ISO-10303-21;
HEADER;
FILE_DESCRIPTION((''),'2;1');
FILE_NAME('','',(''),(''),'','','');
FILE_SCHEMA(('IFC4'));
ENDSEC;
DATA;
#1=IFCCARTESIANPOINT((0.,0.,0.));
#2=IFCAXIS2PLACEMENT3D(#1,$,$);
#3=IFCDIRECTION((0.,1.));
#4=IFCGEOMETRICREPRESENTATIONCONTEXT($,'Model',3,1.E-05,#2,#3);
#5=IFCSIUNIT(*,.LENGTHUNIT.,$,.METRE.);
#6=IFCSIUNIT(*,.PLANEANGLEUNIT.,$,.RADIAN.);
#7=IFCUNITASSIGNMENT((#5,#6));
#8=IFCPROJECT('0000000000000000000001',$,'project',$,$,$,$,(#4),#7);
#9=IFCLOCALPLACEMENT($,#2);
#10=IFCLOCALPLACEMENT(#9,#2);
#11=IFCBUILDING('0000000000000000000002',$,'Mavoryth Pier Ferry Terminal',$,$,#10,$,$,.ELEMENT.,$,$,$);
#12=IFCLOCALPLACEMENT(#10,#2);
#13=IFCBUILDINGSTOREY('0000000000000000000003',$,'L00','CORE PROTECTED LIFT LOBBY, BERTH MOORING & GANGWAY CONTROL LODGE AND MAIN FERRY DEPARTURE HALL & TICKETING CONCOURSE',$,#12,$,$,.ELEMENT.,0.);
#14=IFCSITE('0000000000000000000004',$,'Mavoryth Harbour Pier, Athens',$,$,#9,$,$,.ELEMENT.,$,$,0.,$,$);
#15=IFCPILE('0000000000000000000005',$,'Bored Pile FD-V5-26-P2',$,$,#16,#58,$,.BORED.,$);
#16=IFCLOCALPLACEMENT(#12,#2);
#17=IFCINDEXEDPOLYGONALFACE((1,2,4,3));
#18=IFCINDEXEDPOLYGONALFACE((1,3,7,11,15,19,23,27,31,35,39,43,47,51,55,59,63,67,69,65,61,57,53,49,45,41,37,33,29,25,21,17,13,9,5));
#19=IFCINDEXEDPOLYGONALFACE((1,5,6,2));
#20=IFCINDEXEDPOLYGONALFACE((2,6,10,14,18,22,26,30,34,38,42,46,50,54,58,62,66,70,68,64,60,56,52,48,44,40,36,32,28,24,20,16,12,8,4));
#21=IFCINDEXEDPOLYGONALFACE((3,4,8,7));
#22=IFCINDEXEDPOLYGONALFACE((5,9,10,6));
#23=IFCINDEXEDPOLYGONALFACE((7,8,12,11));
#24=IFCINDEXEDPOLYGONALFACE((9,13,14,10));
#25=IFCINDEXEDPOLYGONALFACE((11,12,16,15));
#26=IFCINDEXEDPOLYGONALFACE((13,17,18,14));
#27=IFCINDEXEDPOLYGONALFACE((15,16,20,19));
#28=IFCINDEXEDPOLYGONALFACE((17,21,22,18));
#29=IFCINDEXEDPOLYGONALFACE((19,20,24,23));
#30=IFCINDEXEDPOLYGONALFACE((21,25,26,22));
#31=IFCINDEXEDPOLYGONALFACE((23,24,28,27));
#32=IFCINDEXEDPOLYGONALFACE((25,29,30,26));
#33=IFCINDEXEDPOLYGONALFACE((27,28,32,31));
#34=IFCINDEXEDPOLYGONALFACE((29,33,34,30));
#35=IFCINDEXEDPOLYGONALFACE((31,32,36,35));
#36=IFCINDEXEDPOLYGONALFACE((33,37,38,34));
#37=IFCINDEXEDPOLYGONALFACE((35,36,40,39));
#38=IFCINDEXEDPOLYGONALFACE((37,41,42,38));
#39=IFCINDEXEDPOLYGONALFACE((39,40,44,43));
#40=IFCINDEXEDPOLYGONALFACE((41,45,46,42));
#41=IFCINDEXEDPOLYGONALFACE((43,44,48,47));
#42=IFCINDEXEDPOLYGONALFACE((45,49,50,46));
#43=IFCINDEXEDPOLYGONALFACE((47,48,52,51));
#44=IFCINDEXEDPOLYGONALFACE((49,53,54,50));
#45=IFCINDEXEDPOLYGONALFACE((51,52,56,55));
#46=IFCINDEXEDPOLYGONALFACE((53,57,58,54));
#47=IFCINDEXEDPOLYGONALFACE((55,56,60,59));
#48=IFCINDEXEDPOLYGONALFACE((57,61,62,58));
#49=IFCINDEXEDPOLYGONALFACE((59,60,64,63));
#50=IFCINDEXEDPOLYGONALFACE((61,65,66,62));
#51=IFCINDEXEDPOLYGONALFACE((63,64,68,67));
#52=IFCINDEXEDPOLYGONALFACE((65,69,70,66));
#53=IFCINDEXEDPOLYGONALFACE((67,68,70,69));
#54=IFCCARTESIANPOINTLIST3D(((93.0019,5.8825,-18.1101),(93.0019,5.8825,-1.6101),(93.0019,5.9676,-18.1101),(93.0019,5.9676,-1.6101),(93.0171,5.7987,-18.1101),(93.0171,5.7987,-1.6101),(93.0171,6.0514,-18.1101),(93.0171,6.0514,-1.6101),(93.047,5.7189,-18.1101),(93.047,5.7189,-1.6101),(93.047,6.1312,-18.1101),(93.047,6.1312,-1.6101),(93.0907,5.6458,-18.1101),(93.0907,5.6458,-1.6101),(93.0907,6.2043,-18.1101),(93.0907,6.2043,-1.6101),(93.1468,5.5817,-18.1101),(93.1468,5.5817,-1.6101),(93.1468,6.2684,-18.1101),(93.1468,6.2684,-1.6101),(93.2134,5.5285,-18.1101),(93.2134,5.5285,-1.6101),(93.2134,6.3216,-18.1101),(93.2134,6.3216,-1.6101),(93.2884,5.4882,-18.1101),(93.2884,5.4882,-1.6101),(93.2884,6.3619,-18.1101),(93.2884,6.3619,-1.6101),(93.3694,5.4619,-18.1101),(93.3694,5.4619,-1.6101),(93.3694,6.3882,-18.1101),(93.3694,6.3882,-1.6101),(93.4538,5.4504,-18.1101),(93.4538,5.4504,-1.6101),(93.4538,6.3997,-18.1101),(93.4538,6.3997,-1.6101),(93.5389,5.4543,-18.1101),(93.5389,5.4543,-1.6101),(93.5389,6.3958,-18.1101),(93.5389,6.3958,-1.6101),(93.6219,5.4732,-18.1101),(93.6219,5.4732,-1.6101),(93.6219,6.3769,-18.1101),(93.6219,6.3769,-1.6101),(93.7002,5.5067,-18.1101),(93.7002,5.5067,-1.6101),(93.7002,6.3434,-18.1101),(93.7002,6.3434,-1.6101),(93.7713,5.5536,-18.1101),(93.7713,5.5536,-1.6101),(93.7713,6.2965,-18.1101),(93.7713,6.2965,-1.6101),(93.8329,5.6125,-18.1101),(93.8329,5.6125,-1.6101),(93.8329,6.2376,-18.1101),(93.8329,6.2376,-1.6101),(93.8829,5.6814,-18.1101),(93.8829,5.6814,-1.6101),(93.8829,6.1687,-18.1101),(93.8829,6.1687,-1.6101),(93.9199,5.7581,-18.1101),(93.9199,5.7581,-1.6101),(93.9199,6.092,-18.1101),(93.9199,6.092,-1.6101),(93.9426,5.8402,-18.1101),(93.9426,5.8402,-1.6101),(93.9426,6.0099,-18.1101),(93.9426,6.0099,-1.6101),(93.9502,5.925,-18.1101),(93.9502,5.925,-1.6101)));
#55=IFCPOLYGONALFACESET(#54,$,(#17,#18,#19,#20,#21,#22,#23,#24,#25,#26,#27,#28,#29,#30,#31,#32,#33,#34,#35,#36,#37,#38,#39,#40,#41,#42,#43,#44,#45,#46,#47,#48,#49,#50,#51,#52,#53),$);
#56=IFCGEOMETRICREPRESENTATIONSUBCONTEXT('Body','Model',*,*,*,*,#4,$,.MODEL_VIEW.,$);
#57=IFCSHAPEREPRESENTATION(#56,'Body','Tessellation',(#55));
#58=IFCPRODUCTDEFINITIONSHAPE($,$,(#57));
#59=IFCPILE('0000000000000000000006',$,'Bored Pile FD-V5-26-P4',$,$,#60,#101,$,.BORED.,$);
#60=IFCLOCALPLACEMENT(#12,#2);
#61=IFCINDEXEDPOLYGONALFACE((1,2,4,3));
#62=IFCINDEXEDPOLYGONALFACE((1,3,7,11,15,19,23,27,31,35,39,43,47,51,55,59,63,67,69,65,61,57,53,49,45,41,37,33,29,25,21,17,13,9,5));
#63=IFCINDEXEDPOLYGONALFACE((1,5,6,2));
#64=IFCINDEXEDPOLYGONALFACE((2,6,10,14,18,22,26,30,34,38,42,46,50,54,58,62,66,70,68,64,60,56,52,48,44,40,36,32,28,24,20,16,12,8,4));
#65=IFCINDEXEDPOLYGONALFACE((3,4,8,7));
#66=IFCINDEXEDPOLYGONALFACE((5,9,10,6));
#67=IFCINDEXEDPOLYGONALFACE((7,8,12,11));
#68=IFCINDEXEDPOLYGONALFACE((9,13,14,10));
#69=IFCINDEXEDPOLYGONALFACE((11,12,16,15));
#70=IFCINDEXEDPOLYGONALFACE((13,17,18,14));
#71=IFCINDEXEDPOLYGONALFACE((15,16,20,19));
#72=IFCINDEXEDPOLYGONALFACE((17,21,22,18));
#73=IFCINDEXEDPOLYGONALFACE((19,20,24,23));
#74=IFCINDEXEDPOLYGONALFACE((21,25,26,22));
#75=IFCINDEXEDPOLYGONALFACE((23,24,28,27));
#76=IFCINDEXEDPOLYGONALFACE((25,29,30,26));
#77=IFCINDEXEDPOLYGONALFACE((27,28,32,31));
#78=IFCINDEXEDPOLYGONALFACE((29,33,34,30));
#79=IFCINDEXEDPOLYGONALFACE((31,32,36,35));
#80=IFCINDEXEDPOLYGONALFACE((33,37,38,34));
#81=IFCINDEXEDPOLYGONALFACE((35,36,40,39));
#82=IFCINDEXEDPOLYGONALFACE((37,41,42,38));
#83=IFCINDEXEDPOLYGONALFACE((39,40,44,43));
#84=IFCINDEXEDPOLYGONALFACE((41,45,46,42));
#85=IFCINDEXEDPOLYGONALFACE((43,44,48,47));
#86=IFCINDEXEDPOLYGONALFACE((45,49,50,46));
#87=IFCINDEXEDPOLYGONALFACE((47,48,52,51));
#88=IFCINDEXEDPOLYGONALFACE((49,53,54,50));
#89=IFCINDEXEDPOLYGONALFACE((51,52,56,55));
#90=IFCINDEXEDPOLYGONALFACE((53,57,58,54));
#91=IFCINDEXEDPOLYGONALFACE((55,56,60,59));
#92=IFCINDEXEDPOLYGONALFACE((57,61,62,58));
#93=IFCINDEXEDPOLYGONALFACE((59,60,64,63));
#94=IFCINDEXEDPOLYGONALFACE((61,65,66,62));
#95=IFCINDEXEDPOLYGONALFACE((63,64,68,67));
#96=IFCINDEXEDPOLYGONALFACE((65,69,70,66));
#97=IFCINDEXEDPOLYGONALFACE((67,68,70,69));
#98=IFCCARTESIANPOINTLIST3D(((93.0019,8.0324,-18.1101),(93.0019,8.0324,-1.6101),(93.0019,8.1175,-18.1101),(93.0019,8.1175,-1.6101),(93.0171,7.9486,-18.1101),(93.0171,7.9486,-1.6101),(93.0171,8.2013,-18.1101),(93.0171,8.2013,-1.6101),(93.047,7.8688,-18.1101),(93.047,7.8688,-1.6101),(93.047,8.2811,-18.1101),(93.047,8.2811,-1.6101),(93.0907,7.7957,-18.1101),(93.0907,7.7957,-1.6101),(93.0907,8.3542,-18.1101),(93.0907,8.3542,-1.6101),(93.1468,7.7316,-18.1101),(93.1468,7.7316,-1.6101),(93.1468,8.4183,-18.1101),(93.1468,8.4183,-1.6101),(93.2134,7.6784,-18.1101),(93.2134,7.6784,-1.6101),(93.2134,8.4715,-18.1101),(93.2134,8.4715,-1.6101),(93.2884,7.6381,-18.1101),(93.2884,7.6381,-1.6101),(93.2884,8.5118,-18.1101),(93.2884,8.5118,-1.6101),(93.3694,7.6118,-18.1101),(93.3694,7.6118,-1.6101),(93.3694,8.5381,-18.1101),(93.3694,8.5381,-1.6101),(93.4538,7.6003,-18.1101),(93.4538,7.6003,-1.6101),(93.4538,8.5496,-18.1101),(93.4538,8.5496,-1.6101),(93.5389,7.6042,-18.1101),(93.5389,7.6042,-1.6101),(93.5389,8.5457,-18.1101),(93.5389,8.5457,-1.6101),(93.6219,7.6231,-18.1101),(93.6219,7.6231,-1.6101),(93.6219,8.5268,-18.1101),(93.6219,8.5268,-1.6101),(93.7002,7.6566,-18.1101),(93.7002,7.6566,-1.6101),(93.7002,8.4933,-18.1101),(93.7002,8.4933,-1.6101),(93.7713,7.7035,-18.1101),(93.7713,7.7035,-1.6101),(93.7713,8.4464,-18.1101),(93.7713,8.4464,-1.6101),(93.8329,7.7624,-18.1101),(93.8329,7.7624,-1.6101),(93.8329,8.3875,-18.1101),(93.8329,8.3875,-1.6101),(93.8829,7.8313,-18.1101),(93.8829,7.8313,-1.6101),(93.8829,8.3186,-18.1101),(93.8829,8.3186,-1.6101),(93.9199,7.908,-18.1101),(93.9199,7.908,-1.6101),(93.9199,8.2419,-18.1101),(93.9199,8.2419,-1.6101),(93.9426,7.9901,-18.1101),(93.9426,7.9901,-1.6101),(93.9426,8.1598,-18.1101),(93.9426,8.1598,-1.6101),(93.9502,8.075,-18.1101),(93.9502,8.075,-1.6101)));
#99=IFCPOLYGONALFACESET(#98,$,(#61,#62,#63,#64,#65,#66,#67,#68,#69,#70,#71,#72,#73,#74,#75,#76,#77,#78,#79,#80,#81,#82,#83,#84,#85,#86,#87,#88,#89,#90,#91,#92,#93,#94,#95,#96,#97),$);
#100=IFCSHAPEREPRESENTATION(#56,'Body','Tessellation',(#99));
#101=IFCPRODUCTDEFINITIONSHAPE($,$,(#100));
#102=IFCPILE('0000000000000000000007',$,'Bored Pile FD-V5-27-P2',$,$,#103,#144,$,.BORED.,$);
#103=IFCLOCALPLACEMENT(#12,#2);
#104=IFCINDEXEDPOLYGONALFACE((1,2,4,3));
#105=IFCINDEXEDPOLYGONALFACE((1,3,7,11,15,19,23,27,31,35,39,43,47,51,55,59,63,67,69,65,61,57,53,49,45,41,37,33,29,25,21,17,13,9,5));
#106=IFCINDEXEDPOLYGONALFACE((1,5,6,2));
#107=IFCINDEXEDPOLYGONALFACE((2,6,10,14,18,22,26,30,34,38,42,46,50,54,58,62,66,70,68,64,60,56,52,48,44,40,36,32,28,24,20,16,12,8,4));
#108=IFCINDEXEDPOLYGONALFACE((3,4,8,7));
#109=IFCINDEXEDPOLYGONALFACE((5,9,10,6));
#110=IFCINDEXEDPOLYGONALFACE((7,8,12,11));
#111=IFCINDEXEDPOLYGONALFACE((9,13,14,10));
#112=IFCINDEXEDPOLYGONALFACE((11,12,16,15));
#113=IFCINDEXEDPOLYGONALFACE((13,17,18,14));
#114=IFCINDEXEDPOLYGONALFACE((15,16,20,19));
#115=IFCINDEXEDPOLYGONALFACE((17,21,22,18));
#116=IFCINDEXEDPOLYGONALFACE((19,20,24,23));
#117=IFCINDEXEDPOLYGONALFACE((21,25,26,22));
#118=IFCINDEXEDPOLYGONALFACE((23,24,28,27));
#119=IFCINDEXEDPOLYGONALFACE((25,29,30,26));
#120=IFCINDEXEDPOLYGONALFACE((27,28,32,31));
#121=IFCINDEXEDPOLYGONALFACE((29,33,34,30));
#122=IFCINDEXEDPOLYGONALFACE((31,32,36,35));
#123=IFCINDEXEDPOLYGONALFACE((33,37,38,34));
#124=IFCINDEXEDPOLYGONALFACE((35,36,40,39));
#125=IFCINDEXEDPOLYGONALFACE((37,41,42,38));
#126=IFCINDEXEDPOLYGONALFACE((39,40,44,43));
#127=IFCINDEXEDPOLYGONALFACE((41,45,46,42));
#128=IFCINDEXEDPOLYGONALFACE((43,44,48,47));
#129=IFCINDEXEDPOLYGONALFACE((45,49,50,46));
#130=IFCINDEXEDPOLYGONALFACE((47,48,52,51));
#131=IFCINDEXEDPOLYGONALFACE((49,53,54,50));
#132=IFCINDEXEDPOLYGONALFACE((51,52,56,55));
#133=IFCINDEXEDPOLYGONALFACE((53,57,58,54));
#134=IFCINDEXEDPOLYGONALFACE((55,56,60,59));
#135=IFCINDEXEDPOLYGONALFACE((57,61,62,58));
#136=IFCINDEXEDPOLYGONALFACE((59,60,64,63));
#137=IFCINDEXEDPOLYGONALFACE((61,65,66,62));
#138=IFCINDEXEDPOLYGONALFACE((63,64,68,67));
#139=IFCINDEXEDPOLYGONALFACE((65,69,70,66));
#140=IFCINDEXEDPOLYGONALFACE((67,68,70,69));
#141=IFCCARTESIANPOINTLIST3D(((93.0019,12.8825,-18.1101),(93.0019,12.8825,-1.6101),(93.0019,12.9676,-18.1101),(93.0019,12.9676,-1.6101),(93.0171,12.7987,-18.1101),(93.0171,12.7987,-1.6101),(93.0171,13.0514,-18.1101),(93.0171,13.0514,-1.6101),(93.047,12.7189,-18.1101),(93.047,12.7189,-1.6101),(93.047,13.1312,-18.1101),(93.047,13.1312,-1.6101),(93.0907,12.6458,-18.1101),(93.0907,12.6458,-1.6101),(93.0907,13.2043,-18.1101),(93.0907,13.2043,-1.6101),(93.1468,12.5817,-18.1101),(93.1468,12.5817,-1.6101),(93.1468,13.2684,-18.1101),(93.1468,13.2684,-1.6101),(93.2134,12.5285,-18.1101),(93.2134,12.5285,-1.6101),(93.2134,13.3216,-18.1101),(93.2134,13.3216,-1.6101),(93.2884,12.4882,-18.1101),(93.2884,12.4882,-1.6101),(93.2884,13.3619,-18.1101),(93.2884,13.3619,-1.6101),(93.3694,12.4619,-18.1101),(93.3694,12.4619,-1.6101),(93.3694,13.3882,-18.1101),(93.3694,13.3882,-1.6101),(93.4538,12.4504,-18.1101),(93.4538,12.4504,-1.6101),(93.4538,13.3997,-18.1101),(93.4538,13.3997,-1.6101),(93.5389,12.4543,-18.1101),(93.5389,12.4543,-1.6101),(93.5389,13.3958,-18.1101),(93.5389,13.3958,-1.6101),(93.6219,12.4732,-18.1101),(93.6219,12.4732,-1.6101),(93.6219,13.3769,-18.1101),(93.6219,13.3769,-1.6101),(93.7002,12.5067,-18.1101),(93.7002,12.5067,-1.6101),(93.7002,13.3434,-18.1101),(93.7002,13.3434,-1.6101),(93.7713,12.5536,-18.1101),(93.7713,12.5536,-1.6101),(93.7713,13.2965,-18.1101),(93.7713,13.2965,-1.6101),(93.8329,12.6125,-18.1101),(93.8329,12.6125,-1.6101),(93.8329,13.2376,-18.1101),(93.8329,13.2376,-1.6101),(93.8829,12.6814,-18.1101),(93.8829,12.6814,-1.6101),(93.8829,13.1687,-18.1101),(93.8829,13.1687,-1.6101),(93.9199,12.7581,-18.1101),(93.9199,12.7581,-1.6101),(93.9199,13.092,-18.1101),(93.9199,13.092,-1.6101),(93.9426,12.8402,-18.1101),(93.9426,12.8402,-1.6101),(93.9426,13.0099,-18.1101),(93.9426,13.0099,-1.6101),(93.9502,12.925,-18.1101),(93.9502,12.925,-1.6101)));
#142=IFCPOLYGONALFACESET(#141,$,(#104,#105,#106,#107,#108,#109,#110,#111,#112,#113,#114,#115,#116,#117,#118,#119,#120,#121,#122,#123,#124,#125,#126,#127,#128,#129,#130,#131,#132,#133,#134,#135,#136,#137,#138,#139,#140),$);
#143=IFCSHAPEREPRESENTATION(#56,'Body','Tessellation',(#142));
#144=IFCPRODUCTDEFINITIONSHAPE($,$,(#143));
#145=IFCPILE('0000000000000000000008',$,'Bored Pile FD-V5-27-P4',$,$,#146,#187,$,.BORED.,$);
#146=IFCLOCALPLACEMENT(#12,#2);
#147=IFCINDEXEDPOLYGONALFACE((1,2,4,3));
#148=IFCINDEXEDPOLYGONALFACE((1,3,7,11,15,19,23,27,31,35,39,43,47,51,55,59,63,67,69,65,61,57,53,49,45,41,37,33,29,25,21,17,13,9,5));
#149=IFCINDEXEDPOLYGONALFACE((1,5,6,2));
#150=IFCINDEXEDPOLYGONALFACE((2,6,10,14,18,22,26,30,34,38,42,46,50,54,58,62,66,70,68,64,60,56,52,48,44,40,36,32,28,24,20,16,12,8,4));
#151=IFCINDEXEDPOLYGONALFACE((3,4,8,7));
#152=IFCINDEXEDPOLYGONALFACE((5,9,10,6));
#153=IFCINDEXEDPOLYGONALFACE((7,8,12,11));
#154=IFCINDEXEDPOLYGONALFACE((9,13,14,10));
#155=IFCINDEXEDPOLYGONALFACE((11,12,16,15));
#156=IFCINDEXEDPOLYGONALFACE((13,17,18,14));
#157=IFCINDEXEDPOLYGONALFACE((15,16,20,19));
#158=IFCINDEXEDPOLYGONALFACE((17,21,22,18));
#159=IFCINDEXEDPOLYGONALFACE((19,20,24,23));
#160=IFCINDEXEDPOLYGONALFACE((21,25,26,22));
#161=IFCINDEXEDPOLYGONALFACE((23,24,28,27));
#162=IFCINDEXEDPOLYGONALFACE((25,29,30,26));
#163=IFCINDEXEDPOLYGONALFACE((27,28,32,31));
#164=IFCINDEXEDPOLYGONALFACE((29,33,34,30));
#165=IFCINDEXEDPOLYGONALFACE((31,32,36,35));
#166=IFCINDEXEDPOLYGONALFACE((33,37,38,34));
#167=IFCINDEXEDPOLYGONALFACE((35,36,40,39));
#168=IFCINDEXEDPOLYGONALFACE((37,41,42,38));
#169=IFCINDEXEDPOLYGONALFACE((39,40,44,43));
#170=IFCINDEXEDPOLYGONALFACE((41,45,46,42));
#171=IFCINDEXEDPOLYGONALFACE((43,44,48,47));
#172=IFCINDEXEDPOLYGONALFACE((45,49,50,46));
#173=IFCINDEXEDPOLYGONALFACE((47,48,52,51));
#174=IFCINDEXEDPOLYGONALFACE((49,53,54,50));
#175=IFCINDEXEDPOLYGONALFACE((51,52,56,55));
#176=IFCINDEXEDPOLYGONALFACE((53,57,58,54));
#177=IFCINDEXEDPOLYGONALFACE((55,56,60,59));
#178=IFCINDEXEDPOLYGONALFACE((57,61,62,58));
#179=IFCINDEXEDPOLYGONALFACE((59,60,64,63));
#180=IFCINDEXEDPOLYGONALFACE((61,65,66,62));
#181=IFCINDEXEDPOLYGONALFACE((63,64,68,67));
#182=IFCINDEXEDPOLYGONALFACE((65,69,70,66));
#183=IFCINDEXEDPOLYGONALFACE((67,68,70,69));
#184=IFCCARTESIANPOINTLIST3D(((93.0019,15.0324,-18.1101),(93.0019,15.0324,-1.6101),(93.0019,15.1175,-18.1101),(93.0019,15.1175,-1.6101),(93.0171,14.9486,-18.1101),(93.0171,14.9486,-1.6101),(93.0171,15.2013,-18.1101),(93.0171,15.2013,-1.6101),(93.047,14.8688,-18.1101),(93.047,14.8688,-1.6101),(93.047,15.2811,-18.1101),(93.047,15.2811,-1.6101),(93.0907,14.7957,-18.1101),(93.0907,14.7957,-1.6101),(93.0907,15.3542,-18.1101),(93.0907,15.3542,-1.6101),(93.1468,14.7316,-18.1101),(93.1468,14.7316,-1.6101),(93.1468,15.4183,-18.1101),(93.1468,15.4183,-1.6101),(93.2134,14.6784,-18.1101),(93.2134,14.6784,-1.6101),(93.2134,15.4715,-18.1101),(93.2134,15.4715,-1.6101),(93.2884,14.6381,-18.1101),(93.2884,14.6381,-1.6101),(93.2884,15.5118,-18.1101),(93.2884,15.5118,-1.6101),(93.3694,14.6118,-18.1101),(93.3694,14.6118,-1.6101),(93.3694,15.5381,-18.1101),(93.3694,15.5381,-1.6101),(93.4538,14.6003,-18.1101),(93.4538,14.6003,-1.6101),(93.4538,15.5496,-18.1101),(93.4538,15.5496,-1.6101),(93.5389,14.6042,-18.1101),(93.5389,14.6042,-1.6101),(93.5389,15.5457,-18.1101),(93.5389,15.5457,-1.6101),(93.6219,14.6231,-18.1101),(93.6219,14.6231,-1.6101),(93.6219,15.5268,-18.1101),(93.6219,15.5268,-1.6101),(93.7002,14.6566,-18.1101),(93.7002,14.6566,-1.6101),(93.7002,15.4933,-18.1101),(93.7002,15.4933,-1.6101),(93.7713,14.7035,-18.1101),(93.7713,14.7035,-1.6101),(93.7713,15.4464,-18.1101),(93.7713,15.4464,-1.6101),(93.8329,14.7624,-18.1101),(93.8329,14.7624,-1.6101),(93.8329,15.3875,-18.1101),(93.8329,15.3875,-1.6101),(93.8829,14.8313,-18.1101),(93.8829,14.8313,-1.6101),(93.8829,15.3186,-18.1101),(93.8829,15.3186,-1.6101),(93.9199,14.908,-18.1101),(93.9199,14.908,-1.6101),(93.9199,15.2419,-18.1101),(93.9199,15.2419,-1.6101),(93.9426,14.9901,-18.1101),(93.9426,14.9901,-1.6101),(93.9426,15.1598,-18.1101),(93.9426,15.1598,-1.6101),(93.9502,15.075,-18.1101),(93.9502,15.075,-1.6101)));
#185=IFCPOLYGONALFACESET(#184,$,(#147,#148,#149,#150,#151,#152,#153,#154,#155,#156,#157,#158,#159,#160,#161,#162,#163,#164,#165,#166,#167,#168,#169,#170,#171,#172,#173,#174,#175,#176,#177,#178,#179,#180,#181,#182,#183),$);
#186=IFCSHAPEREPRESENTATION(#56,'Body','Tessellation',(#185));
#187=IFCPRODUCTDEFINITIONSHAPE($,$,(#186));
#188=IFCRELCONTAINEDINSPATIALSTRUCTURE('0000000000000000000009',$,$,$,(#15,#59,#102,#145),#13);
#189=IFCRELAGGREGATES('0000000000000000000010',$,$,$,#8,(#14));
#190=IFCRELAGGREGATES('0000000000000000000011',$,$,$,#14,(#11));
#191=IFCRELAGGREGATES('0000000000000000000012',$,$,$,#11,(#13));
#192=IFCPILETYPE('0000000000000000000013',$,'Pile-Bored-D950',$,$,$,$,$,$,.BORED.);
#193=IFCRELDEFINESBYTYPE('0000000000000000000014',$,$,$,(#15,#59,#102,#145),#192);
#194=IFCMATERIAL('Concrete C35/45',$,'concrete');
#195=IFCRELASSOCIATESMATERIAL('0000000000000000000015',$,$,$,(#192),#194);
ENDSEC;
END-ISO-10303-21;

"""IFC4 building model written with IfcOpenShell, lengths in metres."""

from ifc_helpers import new_model, si_unit, direction, frame, origin, origin_2d, place, context, subcontext, project, spatial, circle, extrude, material, material_profile, profile_set, type_object, element, save


model = new_model("IFC4")

# Units and contexts
model_context = context("Model", 3, precision=1e-05, world=origin(), true_north=direction((0.0, 1.0)))
body_context = subcontext(model_context, "Body", "Model", "MODEL_VIEW")
ifc_project = project(units=[si_unit("LENGTHUNIT", "METRE"), si_unit("PLANEANGLEUNIT", "RADIAN")], contexts=[model_context])

# Site, building, storey
site_placement = place(None, origin())
site = spatial("IfcSite", under=ifc_project, at=site_placement, Name="Mavoryth Harbour Pier, Athens", CompositionType="ELEMENT", RefElevation=0.0)
building_placement = place(site_placement, origin())
building = spatial("IfcBuilding", under=site, at=building_placement, Name="Mavoryth Pier Ferry Terminal", CompositionType="ELEMENT")
storey_placement = place(building_placement, origin())
storey = spatial("IfcBuildingStorey", under=building, at=storey_placement, Name="L00", Description="CORE PROTECTED LIFT LOBBY, BERTH MOORING & GANGWAY CONTROL LODGE AND MAIN FERRY DEPARTURE HALL & TICKETING CONCOURSE", CompositionType="ELEMENT", Elevation=0.0)

# Shared definitions
ifc_material_1 = material(Name="Concrete C35/45", Category="concrete")

# Piles
ifc_material_profile_1 = material_profile(ifc_material_1, circle(Radius=0.4751, at=origin_2d()), Name="PILE D950", Category="concrete")
ifc_profile_set_1 = profile_set([ifc_material_profile_1], Name="Concrete C35/45 - PILE D950")
pile_type_1 = type_object("IfcPileType", Name="Pile-Bored-D950", PredefinedType="BORED", material=ifc_profile_set_1)
for number, where, z_axis, x_axis, name in (
    (1, (93.4751, 5.925, -1.6101), (0.0, 0.0, -1.0), (1.0, 0.0, 0.0), "Bored Pile FD-V5-26-P2"),
    (2, (93.4751, 8.075, -1.6101), (0.0, 0.0, -1.0), (1.0, 0.0, 0.0), "Bored Pile FD-V5-26-P4"),
    (3, (93.4751, 12.925, -1.6101), (0.0, 0.0, -1.0), (1.0, 0.0, 0.0), "Bored Pile FD-V5-27-P2"),
    (4, (93.4751, 15.075, -1.6101), (0.0, 0.0, -1.0), (1.0, 0.0, 0.0), "Bored Pile FD-V5-27-P4"),
):
    element("IfcPile", number, at=place(storey_placement, frame(where, z_axis=z_axis, x_axis=x_axis)), inside=storey, type_object=pile_type_1, Name=name, PredefinedType="BORED", context=body_context, shape_type="SweptSolid", body=[
        extrude(circle(Radius=0.4751, at=origin_2d()), origin(), (0.0, 0.0, 1.0), 16.5),
    ])

save(model, "model.ifc")
